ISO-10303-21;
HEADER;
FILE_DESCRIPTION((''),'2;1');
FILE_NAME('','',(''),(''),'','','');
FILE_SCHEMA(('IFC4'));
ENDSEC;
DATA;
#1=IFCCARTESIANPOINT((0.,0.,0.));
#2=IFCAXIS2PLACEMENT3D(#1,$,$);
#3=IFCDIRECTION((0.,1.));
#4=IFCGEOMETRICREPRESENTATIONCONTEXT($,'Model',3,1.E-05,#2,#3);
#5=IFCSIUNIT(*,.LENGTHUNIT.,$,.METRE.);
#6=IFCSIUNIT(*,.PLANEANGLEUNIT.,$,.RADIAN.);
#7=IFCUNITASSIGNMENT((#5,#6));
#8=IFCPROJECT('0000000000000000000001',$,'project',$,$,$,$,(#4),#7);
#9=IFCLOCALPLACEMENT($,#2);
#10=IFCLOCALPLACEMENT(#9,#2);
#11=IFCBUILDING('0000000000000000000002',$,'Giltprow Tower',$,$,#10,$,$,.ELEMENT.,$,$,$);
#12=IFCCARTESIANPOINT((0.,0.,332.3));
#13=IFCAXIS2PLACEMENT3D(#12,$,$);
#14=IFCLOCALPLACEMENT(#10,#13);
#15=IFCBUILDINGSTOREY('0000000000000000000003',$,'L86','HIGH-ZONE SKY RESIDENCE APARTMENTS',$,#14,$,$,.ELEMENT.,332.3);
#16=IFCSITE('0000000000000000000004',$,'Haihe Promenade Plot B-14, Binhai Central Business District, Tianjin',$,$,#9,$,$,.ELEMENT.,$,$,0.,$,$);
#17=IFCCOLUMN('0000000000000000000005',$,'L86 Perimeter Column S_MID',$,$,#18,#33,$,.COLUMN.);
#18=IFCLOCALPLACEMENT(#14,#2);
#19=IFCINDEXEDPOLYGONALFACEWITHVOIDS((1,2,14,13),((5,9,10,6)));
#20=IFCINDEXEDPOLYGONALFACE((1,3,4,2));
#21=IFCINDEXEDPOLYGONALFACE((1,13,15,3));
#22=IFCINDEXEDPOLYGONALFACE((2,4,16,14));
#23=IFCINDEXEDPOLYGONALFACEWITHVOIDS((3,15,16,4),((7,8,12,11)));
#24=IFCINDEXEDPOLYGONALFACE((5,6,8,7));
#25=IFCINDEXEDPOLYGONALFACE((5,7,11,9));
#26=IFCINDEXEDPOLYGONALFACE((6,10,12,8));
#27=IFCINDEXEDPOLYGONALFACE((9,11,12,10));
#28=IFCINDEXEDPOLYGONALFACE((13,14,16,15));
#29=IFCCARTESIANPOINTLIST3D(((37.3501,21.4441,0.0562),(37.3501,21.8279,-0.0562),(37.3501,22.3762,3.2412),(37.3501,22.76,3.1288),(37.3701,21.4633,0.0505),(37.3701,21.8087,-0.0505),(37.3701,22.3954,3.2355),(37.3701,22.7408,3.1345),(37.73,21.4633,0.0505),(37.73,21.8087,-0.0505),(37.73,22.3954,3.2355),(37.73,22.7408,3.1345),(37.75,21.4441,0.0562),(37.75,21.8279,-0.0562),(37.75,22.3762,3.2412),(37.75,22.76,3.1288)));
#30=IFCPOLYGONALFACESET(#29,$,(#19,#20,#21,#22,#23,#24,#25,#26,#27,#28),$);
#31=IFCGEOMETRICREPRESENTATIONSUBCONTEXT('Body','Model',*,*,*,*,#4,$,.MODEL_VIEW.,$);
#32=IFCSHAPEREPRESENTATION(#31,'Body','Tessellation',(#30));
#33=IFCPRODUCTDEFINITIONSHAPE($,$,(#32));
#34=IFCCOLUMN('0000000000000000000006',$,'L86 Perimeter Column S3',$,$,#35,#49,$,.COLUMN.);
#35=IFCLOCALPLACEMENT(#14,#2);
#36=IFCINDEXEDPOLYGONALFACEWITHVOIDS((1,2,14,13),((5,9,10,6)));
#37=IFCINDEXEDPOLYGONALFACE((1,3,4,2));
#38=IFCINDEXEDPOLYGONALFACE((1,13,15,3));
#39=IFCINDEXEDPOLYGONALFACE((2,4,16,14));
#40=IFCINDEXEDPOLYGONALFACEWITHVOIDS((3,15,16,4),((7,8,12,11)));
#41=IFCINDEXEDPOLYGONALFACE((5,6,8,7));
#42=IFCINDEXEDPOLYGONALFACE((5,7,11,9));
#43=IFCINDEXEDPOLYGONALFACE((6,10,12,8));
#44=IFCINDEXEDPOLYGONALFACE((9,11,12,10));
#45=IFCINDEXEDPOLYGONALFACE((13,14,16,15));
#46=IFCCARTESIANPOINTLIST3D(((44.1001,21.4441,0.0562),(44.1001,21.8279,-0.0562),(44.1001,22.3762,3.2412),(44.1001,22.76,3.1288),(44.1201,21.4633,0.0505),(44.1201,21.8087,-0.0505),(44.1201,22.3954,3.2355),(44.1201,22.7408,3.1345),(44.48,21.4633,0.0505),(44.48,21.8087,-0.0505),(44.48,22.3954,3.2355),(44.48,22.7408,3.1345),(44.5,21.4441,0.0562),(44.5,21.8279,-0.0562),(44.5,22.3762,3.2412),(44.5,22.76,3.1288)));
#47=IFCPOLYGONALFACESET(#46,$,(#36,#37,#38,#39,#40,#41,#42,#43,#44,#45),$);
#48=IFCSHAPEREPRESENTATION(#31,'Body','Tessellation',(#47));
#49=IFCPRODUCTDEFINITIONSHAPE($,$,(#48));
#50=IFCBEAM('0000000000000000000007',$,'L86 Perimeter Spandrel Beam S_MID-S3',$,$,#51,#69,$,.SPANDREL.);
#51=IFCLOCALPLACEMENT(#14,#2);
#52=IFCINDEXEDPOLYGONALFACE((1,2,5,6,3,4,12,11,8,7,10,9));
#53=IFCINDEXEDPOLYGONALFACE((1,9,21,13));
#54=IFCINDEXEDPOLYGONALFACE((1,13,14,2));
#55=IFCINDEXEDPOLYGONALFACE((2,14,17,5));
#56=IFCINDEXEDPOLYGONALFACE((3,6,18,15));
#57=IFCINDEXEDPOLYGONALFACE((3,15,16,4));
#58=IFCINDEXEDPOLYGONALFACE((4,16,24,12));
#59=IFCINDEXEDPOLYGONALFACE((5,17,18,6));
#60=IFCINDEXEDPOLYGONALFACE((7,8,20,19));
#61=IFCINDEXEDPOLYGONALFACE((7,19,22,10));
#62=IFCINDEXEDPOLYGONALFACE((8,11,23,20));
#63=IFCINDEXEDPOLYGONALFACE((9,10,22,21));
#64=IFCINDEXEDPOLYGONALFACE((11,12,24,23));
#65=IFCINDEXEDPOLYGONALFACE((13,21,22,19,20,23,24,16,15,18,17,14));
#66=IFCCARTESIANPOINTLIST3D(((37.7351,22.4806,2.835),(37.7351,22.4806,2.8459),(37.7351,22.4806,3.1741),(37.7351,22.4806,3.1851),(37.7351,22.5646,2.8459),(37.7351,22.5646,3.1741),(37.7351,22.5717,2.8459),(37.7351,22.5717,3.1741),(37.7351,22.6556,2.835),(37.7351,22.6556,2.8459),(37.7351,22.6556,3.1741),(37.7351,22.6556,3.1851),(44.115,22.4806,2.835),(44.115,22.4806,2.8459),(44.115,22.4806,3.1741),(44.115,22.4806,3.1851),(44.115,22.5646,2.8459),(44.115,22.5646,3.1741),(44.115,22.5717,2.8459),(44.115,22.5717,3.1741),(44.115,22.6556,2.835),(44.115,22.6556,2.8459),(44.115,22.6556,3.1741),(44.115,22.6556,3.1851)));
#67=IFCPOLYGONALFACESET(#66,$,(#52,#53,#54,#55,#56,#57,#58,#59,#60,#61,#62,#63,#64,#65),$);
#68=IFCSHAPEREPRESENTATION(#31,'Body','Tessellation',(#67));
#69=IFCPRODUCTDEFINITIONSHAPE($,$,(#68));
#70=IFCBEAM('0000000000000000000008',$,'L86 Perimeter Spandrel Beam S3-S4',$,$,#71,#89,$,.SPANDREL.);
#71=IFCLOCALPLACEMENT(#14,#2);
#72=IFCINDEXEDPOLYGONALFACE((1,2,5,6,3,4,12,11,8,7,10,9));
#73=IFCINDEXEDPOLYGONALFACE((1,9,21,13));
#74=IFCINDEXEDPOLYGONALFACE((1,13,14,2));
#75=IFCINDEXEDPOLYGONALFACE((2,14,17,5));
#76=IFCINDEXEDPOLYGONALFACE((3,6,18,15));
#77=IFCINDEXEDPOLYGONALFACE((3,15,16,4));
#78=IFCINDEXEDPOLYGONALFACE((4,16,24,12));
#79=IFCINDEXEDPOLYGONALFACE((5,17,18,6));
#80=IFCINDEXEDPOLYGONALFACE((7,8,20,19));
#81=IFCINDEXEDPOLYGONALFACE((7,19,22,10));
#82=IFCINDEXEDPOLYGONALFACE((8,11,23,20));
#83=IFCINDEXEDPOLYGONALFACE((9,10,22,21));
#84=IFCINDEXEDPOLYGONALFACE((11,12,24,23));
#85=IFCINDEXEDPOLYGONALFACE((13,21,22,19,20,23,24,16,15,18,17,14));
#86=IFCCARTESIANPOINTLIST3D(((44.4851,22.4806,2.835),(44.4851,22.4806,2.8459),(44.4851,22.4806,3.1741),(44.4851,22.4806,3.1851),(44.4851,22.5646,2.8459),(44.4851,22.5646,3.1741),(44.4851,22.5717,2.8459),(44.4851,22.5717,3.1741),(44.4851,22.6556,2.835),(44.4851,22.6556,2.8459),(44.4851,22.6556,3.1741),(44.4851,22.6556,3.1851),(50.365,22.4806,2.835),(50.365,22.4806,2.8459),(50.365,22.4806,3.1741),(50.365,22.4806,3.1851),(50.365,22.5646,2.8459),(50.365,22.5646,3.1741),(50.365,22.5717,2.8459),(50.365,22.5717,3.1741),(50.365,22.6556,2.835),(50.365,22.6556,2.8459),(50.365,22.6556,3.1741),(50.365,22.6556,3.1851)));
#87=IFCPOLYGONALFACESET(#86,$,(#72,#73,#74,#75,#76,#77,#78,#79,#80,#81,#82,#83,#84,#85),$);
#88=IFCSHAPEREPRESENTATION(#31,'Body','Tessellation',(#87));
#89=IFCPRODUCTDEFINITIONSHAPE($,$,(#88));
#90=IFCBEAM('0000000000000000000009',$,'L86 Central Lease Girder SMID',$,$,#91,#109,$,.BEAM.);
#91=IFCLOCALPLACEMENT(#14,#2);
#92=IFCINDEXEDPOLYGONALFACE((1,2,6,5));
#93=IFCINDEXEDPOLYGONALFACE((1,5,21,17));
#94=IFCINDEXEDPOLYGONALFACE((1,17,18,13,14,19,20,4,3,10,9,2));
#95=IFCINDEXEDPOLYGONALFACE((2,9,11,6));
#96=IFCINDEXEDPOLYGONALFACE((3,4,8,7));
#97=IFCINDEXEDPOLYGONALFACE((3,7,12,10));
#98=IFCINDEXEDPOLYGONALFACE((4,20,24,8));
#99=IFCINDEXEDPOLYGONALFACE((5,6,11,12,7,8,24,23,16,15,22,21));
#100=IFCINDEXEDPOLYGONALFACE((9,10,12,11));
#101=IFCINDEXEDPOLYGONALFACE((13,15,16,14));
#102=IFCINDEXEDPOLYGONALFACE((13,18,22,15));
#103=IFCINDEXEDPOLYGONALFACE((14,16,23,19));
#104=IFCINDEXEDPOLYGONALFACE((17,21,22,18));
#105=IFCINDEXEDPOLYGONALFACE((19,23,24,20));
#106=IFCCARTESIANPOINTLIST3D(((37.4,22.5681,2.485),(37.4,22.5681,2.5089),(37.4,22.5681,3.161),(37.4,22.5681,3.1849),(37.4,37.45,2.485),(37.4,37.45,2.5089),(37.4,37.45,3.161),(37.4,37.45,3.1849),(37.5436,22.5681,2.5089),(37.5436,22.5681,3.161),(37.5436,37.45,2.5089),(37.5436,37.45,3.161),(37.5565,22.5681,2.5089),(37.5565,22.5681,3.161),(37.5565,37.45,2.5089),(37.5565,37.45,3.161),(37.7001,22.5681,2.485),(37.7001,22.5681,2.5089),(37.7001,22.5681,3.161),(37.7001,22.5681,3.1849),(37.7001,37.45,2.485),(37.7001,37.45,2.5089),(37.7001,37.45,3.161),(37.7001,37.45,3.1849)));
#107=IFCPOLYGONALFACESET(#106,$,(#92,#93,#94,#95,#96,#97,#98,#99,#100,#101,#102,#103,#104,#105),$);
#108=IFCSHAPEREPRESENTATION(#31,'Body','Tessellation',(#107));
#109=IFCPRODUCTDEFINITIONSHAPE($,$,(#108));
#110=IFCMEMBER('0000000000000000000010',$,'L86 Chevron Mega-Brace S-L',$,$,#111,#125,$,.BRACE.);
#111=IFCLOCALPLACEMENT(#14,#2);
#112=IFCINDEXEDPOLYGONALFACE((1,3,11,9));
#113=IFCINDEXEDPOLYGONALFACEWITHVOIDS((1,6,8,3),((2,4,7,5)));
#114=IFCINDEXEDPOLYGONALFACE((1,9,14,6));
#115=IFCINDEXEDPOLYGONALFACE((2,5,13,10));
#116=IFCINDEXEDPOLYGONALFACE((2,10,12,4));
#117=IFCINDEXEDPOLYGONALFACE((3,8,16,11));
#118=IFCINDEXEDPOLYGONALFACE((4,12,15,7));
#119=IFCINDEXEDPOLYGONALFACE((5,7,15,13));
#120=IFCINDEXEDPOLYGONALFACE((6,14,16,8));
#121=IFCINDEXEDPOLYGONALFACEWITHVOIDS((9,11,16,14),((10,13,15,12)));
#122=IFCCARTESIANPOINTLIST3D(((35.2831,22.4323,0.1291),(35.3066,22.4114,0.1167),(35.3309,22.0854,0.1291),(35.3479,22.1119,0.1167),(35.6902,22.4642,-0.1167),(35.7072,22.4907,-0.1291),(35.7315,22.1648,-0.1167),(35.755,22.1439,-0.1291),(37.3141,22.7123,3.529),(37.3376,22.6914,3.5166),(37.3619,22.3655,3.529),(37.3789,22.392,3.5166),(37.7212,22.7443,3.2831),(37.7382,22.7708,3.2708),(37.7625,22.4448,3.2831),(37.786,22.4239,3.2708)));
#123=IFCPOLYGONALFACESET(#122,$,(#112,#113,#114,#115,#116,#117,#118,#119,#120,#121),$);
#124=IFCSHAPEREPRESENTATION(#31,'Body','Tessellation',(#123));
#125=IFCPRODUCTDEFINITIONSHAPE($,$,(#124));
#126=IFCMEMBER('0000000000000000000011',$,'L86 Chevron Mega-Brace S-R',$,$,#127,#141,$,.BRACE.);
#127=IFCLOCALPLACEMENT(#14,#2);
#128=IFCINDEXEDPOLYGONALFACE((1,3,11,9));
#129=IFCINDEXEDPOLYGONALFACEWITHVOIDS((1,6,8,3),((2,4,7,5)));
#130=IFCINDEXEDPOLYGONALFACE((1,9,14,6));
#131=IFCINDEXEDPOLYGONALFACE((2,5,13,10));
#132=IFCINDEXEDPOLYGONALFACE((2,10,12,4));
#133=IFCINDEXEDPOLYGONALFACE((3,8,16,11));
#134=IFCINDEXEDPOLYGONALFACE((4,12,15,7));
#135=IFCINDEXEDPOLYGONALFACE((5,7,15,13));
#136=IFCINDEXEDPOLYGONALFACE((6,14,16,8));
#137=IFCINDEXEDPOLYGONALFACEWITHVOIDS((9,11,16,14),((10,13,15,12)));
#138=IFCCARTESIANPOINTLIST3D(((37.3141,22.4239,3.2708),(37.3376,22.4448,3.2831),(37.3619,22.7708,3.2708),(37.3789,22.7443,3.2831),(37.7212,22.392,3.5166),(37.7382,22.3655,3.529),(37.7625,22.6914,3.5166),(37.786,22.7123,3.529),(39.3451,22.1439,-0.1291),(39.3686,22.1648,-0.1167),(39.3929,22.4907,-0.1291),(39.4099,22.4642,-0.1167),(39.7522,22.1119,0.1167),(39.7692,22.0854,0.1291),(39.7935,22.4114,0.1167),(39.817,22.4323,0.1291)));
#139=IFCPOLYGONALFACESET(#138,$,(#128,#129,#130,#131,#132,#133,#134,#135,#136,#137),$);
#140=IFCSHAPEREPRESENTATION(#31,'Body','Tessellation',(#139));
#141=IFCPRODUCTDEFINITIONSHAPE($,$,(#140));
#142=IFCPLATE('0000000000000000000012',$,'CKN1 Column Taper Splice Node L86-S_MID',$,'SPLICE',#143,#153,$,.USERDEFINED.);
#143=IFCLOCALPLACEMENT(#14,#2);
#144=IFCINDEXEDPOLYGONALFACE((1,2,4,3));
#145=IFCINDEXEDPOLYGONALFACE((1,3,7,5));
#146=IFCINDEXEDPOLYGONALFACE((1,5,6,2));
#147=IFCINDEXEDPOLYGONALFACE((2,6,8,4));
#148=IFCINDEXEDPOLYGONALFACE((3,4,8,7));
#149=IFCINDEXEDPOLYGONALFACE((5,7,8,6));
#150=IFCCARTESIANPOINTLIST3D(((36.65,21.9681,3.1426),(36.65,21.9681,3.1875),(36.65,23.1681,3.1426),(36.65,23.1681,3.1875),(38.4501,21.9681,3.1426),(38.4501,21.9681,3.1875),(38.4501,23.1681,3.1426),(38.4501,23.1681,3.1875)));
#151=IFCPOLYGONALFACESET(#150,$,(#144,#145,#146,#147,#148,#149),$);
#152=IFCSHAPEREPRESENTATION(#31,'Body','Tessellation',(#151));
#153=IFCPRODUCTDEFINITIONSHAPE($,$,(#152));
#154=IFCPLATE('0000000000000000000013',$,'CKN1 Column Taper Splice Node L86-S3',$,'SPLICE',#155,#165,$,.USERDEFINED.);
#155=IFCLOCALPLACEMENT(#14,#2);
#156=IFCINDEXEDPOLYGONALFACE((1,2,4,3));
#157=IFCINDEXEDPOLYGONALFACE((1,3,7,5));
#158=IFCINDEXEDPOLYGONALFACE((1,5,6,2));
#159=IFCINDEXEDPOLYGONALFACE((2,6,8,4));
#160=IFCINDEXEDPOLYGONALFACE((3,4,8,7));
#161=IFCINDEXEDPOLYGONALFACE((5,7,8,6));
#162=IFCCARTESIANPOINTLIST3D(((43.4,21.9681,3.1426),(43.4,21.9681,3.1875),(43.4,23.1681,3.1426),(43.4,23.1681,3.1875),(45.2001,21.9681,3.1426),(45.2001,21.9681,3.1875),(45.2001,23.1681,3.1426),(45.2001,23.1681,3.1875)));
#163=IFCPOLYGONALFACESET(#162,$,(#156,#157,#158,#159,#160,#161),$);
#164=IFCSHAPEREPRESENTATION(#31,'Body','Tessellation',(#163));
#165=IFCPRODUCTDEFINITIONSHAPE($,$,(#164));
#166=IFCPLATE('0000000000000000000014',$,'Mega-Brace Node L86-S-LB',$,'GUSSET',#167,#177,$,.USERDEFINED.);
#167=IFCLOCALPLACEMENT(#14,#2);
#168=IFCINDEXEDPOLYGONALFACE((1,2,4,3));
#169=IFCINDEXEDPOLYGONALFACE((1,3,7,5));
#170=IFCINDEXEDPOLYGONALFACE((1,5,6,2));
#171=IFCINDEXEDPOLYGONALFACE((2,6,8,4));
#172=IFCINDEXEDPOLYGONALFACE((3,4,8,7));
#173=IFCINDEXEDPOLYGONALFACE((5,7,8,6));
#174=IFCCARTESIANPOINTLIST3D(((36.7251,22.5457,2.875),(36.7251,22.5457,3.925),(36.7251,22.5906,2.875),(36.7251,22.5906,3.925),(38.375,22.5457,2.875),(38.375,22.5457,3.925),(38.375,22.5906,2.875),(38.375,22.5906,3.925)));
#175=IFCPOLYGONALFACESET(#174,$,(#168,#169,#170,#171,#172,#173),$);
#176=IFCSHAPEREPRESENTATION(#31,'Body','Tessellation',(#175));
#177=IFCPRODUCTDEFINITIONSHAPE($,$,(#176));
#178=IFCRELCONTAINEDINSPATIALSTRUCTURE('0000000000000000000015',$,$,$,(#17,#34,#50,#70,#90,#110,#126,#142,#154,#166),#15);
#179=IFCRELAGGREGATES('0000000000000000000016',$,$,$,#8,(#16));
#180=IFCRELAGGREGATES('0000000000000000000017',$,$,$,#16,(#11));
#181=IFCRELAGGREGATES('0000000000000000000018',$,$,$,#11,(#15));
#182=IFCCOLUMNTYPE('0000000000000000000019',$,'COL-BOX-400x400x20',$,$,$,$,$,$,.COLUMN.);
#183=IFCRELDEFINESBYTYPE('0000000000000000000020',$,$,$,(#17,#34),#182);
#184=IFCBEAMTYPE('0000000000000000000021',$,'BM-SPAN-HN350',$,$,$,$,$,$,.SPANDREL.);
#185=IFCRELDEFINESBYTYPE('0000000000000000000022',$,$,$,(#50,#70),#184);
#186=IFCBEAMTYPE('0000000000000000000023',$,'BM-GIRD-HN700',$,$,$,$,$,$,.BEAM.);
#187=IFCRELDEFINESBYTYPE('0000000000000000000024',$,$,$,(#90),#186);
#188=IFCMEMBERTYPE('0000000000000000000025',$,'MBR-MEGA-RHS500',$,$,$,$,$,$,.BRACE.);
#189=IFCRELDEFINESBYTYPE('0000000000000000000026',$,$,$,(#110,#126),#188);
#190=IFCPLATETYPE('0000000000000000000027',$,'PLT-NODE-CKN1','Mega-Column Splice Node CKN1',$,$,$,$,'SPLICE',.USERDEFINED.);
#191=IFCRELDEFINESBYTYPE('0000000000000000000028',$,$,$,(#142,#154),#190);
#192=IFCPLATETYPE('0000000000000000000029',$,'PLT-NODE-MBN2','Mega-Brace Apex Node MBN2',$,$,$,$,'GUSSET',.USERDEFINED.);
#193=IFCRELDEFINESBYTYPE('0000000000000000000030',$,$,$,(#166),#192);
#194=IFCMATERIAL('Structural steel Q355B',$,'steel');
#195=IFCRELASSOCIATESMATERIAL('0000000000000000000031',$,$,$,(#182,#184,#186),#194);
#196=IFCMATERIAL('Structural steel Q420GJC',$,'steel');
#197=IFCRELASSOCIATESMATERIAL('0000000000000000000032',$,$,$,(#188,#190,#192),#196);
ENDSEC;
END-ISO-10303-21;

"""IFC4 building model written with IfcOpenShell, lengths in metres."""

from ifc_helpers import new_model, si_unit, direction, frame, origin, origin_2d, place, context, subcontext, project, spatial, rectangle, hollow_rectangle, i_section, extrude, source, transform, mapped, material, material_profile, profile_set, type_object, element, save


model = new_model("IFC4")

# Units and contexts
model_context = context("Model", 3, precision=1e-05, world=origin(), true_north=direction((0.0, 1.0)))
body_context = subcontext(model_context, "Body", "Model", "MODEL_VIEW")
ifc_project = project(units=[si_unit("LENGTHUNIT", "METRE"), si_unit("PLANEANGLEUNIT", "RADIAN")], contexts=[model_context])

# Site, building, storey
site_placement = place(None, origin())
site = spatial("IfcSite", under=ifc_project, at=site_placement, Name="Haihe Promenade Plot B-14, Binhai Central Business District, Tianjin", CompositionType="ELEMENT", RefElevation=0.0)
building_placement = place(site_placement, origin())
building = spatial("IfcBuilding", under=site, at=building_placement, Name="Giltprow Tower", CompositionType="ELEMENT")
storey_placement = place(building_placement, frame((0.0, 0.0, 332.3)))
storey = spatial("IfcBuildingStorey", under=building, at=storey_placement, Name="L86", Description="HIGH-ZONE SKY RESIDENCE APARTMENTS", CompositionType="ELEMENT", Elevation=332.3)

# Columns
ifc_material_1 = material(Name="Structural steel Q355B", Category="steel")
ifc_material_profile_1 = material_profile(ifc_material_1, hollow_rectangle(XDim=0.3999, YDim=0.3999, WallThickness=0.02, at=origin_2d()), Name="BOX 400x400x20")
ifc_profile_set_1 = profile_set([ifc_material_profile_1], Name="Structural steel Q355B")
column_type = type_object("IfcColumnType", Name="COL-BOX-400x400x20", PredefinedType="COLUMN", material=ifc_profile_set_1)
shared_shape_1 = source(origin(), body_context, "Body", "SweptSolid", [
    extrude(hollow_rectangle(XDim=0.3999, YDim=0.3999, WallThickness=0.02, at=origin_2d()), origin(), (0.0, 0.0, 1.0), 3.3186),
])
for number, where, z_axis, x_axis, name in (
    (1, (37.55, 21.636, 0.0), (0.0, 0.280876, 0.959744), (-1.0, 0.0, 0.0), "L86 Perimeter Column S_MID"),
    (2, (44.3, 21.636, 0.0), (0.0, 0.280876, 0.959744), (-1.0, 0.0, 0.0), "L86 Perimeter Column S3"),
):
    element("IfcColumn", number, at=place(storey_placement, frame(where, z_axis=z_axis, x_axis=x_axis)), inside=storey, type_object=column_type, Name=name, PredefinedType="COLUMN", context=body_context, shape_type="MappedRepresentation", body=[
        mapped(shared_shape_1, transform((0.0, 0.0, 0.0), x_axis=(1.0, 0.0, 0.0), y_axis=(0.0, 1.0, 0.0), z_axis=(0.0, 0.0, 1.0), scale=1.0)),
    ])

# Beams
ifc_material_profile_2 = material_profile(ifc_material_1, i_section(OverallWidth=0.175, OverallDepth=0.3501, WebThickness=0.0071, FlangeThickness=0.011, at=origin_2d()), Name="HN 350x175x7x11")
ifc_profile_set_2 = profile_set([ifc_material_profile_2], Name="Structural steel Q355B")
beam_type_1 = type_object("IfcBeamType", Name="BM-SPAN-HN350", PredefinedType="SPANDREL", material=ifc_profile_set_2)
shared_shape_2 = source(origin(), body_context, "Body", "SweptSolid", [
    extrude(i_section(OverallWidth=0.175, OverallDepth=0.3501, WebThickness=0.0071, FlangeThickness=0.011, at=origin_2d()), origin(), (0.0, 0.0, 1.0), 6.3799),
])
beam_1_placement = place(storey_placement, frame((37.7351, 22.5681, 3.01), z_axis=(1.0, 0.0, 0.0), x_axis=(0.0, 1.0, 0.0)))
element("IfcBeam", 3, at=beam_1_placement, inside=storey, type_object=beam_type_1, Name="L86 Perimeter Spandrel Beam S_MID-S3", PredefinedType="SPANDREL", context=body_context, shape_type="MappedRepresentation", body=[
    mapped(shared_shape_2, transform((0.0, 0.0, 0.0), x_axis=(1.0, 0.0, 0.0), y_axis=(0.0, 1.0, 0.0), z_axis=(0.0, 0.0, 1.0), scale=1.0)),
])
shared_shape_3 = source(origin(), body_context, "Body", "SweptSolid", [
    extrude(i_section(OverallWidth=0.175, OverallDepth=0.3501, WebThickness=0.0071, FlangeThickness=0.011, at=origin_2d()), origin(), (0.0, 0.0, 1.0), 5.8799),
])
beam_2_placement = place(storey_placement, frame((44.4851, 22.5681, 3.01), z_axis=(1.0, 0.0, 0.0), x_axis=(0.0, 1.0, 0.0)))
element("IfcBeam", 4, at=beam_2_placement, inside=storey, type_object=beam_type_1, Name="L86 Perimeter Spandrel Beam S3-S4", PredefinedType="SPANDREL", context=body_context, shape_type="MappedRepresentation", body=[
    mapped(shared_shape_3, transform((0.0, 0.0, 0.0), x_axis=(1.0, 0.0, 0.0), y_axis=(0.0, 1.0, 0.0), z_axis=(0.0, 0.0, 1.0), scale=1.0)),
])
ifc_material_profile_3 = material_profile(ifc_material_1, i_section(OverallWidth=0.3, OverallDepth=0.7, WebThickness=0.0129, FlangeThickness=0.0239, at=origin_2d()), Name="HN 700x300x13x24")
ifc_profile_set_3 = profile_set([ifc_material_profile_3], Name="Structural steel Q355B")
beam_type_2 = type_object("IfcBeamType", Name="BM-GIRD-HN700", PredefinedType="BEAM", material=ifc_profile_set_3)
shared_shape_4 = source(origin(), body_context, "Body", "SweptSolid", [
    extrude(i_section(OverallWidth=0.3, OverallDepth=0.7, WebThickness=0.0129, FlangeThickness=0.0239, at=origin_2d()), origin(), (0.0, 0.0, 1.0), 14.8818),
])
beam_3_placement = place(storey_placement, frame((37.55, 22.5681, 2.835), z_axis=(0.0, 1.0, 0.0), x_axis=(-1.0, 0.0, 0.0)))
element("IfcBeam", 5, at=beam_3_placement, inside=storey, type_object=beam_type_2, Name="L86 Central Lease Girder SMID", PredefinedType="BEAM", context=body_context, shape_type="MappedRepresentation", body=[
    mapped(shared_shape_4, transform((0.0, 0.0, 0.0), x_axis=(1.0, 0.0, 0.0), y_axis=(0.0, 1.0, 0.0), z_axis=(0.0, 0.0, 1.0), scale=1.0)),
])

# Members
ifc_material_2 = material(Name="Structural steel Q420GJC", Category="steel")
ifc_material_profile_4 = material_profile(ifc_material_2, hollow_rectangle(XDim=0.3501, YDim=0.5, WallThickness=0.0239, at=origin_2d()), Name="RHS 500x350x24")
ifc_profile_set_4 = profile_set([ifc_material_profile_4], Name="Structural steel Q420GJC")
member_type = type_object("IfcMemberType", Name="MBR-MEGA-RHS500", PredefinedType="BRACE", material=ifc_profile_set_4)
shared_shape_5 = source(origin(), body_context, "Body", "SweptSolid", [
    extrude(hollow_rectangle(XDim=0.3501, YDim=0.5, WallThickness=0.0239, at=origin_2d()), origin(), (0.0, 0.0, 1.0), 3.9702),
])
for number, where, z_axis, x_axis, name in (
    (6, (35.519, 22.2881, 0.0), (0.511559, 0.070532, 0.856349), (-0.136585, 0.990628, 0.0), "L86 Chevron Mega-Brace S-L"),
    (7, (39.5811, 22.2881, 0.0), (-0.511559, 0.070532, 0.856349), (-0.136585, -0.990628, 0.0), "L86 Chevron Mega-Brace S-R"),
):
    element("IfcMember", number, at=place(storey_placement, frame(where, z_axis=z_axis, x_axis=x_axis)), inside=storey, type_object=member_type, Name=name, PredefinedType="BRACE", context=body_context, shape_type="MappedRepresentation", body=[
        mapped(shared_shape_5, transform((0.0, 0.0, 0.0), x_axis=(1.0, 0.0, 0.0), y_axis=(0.0, 1.0, 0.0), z_axis=(0.0, 0.0, 1.0), scale=1.0)),
    ])

# Plates
plate_type_1 = type_object("IfcPlateType", Name="PLT-NODE-CKN1", Description="Mega-Column Splice Node CKN1", ElementType="SPLICE", PredefinedType="USERDEFINED", material=ifc_material_2)
shared_shape_6 = source(origin(), body_context, "Body", "SweptSolid", [
    extrude(rectangle(XDim=1.8, YDim=1.2, at=origin_2d()), origin(), (0.0, 0.0, 1.0), 0.0449),
])
for number, where, z_axis, x_axis, name in (
    (8, (37.55, 22.5681, 3.1426), (0.0, 0.0, 1.0), (1.0, 0.0, 0.0), "CKN1 Column Taper Splice Node L86-S_MID"),
    (9, (44.3, 22.5681, 3.1426), (0.0, 0.0, 1.0), (1.0, 0.0, 0.0), "CKN1 Column Taper Splice Node L86-S3"),
):
    element("IfcPlate", number, at=place(storey_placement, frame(where, z_axis=z_axis, x_axis=x_axis)), inside=storey, type_object=plate_type_1, Name=name, ObjectType="SPLICE", PredefinedType="USERDEFINED", context=body_context, shape_type="MappedRepresentation", body=[
        mapped(shared_shape_6, transform((0.0, 0.0, 0.0), x_axis=(1.0, 0.0, 0.0), y_axis=(0.0, 1.0, 0.0), z_axis=(0.0, 0.0, 1.0), scale=1.0)),
    ])
plate_type_2 = type_object("IfcPlateType", Name="PLT-NODE-MBN2", Description="Mega-Brace Apex Node MBN2", ElementType="GUSSET", PredefinedType="USERDEFINED", material=ifc_material_2)
shared_shape_7 = source(origin(), body_context, "Body", "SweptSolid", [
    extrude(rectangle(XDim=1.6499, YDim=0.0449, at=origin_2d()), origin(), (0.0, 0.0, 1.0), 1.05),
])
plate_placement = place(storey_placement, frame((37.55, 22.5681, 2.875), z_axis=(0.0, 0.0, 1.0), x_axis=(1.0, 0.0, 0.0)))
element("IfcPlate", 10, at=plate_placement, inside=storey, type_object=plate_type_2, Name="Mega-Brace Node L86-S-LB", ObjectType="GUSSET", PredefinedType="USERDEFINED", context=body_context, shape_type="MappedRepresentation", body=[
    mapped(shared_shape_7, transform((0.0, 0.0, 0.0), x_axis=(1.0, 0.0, 0.0), y_axis=(0.0, 1.0, 0.0), z_axis=(0.0, 0.0, 1.0), scale=1.0)),
])

save(model, "model.ifc")
